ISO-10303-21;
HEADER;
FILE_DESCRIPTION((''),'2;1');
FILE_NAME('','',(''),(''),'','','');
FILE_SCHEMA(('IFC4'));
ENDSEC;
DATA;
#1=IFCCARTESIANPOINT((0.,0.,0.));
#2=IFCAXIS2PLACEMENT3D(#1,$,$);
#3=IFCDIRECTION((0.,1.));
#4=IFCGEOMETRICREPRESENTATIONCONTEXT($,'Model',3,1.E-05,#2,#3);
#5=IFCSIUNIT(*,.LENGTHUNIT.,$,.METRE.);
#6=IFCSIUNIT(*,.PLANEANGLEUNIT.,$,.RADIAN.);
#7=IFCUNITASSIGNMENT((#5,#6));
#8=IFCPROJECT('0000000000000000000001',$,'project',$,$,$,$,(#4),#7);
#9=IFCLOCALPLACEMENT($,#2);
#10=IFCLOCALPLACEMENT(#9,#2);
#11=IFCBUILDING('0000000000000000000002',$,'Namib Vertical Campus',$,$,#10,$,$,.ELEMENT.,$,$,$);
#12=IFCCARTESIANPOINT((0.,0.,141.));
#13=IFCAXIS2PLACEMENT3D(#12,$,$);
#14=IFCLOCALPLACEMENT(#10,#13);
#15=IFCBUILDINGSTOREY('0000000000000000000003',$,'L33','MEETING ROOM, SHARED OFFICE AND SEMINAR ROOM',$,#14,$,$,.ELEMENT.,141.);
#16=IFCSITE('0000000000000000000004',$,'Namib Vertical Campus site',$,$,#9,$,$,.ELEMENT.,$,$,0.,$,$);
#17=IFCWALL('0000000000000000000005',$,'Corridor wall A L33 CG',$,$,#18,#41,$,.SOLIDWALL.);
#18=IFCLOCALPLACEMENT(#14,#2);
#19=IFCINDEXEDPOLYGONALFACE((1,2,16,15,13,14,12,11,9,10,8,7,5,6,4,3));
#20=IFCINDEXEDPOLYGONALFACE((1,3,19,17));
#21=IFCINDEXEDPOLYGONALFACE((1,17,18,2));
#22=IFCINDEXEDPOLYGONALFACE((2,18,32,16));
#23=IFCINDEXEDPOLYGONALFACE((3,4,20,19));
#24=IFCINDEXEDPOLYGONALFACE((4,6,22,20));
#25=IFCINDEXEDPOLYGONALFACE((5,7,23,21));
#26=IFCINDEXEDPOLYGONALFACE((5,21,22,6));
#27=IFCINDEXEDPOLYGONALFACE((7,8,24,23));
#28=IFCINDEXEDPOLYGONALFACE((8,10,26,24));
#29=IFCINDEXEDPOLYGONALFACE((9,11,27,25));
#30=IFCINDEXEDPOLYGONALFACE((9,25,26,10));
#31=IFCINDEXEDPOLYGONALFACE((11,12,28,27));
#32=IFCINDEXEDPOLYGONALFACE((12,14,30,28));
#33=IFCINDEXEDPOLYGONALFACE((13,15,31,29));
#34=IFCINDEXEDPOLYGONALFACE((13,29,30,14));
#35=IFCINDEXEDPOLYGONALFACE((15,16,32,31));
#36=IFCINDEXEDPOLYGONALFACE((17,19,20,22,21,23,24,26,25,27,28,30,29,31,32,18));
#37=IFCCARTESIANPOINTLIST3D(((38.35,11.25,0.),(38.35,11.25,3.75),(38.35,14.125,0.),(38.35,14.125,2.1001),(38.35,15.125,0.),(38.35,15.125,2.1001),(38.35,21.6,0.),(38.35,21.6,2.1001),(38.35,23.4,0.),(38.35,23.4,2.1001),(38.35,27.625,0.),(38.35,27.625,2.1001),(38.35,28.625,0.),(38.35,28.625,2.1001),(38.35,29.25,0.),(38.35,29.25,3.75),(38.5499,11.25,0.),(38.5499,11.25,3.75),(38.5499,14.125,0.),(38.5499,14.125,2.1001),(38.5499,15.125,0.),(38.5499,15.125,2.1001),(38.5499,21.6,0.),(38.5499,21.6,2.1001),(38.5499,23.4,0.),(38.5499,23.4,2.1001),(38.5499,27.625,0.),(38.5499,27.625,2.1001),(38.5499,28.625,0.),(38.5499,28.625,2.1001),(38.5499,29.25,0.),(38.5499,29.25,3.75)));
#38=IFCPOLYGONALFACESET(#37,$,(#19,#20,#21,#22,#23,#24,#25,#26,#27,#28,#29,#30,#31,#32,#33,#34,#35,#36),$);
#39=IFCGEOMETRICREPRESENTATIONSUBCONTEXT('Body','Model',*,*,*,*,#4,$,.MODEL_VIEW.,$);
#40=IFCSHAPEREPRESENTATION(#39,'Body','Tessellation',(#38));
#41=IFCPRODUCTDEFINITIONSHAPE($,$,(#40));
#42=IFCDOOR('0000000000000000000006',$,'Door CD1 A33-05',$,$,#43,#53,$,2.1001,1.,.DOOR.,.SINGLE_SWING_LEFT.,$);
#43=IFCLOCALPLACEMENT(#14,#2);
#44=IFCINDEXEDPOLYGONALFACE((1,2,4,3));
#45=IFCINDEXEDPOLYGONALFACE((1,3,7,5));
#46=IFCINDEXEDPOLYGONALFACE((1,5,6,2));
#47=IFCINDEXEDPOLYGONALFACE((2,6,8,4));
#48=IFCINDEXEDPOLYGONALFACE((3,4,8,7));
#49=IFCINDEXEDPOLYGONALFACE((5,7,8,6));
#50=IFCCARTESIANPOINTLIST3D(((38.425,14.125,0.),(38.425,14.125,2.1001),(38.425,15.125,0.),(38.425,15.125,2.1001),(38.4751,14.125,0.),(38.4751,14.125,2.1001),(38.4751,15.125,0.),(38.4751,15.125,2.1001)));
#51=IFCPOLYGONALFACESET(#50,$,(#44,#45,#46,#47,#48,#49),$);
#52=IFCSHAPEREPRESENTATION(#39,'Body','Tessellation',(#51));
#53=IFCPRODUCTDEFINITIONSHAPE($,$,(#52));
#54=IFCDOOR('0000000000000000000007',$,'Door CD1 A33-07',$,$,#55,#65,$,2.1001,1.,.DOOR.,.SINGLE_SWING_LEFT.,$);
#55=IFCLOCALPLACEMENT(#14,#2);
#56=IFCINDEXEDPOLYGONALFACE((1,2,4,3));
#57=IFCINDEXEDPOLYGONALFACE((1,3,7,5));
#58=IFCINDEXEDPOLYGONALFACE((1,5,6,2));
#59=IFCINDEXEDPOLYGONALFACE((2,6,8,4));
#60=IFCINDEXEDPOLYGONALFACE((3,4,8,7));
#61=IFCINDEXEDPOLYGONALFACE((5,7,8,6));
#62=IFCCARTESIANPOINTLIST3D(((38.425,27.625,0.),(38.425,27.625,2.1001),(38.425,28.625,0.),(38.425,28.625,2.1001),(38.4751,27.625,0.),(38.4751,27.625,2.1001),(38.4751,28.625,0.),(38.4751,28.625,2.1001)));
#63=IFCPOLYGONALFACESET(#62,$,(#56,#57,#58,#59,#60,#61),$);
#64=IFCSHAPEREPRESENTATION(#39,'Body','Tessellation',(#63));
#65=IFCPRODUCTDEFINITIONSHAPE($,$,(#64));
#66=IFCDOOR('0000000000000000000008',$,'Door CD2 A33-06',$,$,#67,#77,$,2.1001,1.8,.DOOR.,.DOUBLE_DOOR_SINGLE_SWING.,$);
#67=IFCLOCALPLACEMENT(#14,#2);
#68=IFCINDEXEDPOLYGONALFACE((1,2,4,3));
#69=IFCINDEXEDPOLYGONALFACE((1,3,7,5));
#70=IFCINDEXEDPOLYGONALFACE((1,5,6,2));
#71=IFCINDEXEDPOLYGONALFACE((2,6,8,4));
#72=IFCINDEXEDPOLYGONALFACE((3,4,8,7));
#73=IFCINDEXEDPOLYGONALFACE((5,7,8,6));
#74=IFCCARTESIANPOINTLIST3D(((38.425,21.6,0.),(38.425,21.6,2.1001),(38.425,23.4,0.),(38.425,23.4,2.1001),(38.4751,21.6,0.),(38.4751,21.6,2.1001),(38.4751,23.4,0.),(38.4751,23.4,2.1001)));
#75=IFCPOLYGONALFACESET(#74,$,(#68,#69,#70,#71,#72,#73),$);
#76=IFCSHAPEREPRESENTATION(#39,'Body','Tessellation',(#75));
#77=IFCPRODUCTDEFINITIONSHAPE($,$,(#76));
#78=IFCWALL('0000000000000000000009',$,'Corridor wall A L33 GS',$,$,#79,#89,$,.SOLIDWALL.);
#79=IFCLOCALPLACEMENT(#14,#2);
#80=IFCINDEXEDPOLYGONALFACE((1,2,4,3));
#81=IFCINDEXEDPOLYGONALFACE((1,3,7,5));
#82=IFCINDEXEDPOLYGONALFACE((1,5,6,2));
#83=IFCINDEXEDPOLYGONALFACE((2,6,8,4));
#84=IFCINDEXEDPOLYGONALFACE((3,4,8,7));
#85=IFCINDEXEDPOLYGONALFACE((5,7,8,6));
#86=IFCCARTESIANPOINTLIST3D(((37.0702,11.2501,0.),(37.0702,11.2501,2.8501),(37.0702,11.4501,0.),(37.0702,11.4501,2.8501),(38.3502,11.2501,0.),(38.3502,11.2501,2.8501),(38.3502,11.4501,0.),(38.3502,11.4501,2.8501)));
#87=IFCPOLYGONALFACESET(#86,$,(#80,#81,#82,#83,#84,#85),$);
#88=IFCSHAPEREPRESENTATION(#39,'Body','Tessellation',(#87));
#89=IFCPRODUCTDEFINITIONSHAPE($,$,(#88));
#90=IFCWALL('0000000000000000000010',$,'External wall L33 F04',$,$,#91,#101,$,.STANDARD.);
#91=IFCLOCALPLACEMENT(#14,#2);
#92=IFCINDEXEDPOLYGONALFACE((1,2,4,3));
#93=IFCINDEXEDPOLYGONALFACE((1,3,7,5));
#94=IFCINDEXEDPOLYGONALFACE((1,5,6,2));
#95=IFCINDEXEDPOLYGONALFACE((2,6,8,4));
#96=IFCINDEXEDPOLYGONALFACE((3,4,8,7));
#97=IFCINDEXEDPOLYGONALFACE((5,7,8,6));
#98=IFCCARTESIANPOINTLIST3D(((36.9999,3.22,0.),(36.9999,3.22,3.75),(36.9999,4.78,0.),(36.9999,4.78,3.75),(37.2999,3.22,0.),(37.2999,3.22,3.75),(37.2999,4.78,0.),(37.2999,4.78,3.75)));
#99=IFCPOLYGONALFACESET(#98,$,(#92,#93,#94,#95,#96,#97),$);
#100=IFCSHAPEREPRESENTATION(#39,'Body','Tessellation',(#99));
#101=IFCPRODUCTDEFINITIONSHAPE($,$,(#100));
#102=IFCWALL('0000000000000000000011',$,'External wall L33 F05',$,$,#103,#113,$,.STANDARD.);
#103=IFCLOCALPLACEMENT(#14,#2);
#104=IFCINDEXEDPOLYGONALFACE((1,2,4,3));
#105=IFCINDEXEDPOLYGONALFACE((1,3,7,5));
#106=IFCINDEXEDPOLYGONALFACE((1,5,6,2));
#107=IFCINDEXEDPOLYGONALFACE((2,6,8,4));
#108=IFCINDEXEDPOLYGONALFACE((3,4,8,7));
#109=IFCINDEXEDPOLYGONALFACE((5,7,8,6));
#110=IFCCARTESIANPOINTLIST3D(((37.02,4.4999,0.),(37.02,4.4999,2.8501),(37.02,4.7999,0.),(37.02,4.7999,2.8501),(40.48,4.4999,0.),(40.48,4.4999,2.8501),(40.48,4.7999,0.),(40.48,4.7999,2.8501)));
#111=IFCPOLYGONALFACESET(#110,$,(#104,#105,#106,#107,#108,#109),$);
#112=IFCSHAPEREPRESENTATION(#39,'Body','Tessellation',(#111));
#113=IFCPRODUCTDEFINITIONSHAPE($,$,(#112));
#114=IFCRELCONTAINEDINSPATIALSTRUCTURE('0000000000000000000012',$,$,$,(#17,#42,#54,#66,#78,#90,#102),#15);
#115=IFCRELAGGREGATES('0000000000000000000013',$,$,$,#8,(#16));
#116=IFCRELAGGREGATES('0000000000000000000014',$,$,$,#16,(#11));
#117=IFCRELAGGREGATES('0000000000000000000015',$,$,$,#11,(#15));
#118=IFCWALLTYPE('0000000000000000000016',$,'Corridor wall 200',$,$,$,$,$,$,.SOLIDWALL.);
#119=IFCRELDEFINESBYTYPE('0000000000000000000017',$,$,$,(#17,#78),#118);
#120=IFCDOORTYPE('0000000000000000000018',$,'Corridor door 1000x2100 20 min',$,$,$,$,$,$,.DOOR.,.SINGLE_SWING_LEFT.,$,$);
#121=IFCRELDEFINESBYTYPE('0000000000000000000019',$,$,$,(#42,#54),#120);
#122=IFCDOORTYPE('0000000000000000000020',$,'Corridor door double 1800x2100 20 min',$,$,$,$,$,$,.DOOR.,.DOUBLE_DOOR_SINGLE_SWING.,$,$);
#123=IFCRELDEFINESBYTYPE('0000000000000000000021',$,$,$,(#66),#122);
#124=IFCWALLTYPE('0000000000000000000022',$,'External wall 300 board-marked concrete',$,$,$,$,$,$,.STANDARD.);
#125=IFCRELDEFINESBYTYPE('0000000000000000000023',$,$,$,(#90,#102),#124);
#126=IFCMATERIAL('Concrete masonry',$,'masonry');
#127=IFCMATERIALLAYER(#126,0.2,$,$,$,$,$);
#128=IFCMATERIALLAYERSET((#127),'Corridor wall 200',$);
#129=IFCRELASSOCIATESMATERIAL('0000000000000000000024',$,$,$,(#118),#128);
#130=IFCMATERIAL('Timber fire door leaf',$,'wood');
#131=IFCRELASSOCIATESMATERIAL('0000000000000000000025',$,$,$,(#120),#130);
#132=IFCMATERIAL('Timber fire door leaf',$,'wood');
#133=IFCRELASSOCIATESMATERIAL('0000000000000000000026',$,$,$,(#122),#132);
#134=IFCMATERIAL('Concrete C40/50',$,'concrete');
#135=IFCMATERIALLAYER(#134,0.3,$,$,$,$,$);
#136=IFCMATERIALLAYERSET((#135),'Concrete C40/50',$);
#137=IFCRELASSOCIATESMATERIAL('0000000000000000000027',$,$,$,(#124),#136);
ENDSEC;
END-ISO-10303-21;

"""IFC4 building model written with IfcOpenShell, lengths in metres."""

from ifc_helpers import new_model, si_unit, direction, frame, frame_2d, origin, place, context, subcontext, project, spatial, rectangle, extrude, material, layer, layer_set, type_object, element, fill, save


model = new_model("IFC4")

# Units and contexts
model_context = context("Model", 3, precision=1e-05, world=origin(), true_north=direction((0.0, 1.0)))
body_context = subcontext(model_context, "Body", "Model", "MODEL_VIEW")
ifc_project = project(units=[si_unit("LENGTHUNIT", "METRE"), si_unit("PLANEANGLEUNIT", "RADIAN")], contexts=[model_context])

# Site, building, storey
site_placement = place(None, origin())
site = spatial("IfcSite", under=ifc_project, at=site_placement, Name="Namib Vertical Campus site", CompositionType="ELEMENT", RefElevation=0.0)
building_placement = place(site_placement, origin())
building = spatial("IfcBuilding", under=site, at=building_placement, Name="Namib Vertical Campus", CompositionType="ELEMENT")
storey_placement = place(building_placement, frame((0.0, 0.0, 141.0)))
storey = spatial("IfcBuildingStorey", under=building, at=storey_placement, Name="L33", Description="MEETING ROOM, SHARED OFFICE AND SEMINAR ROOM", CompositionType="ELEMENT", Elevation=141.0)

# Wall, openings, doors
ifc_material_1 = material(Name="Concrete masonry", Category="masonry")
ifc_layer_1 = layer(ifc_material_1, 0.2)
ifc_layer_set_1 = layer_set([ifc_layer_1], Name="Corridor wall 200")
wall_type_1 = type_object("IfcWallType", Name="Corridor wall 200", PredefinedType="SOLIDWALL", material=ifc_layer_set_1)
wall_1_placement = place(storey_placement, frame((38.45, 11.25, 0.0), z_axis=(0.0, 0.0, 1.0), x_axis=(0.0, 1.0, 0.0)))
wall_1 = element("IfcWall", 1, at=wall_1_placement, inside=storey, type_object=wall_type_1, Name="Corridor wall A L33 CG", PredefinedType="SOLIDWALL", context=body_context, shape_type="SweptSolid", body=[
    extrude(rectangle(XDim=18.0, YDim=0.2, at=frame_2d((9.0, 0.0))), origin(), (0.0, 0.0, 1.0), 3.75),
])
opening_1_placement = place(wall_1_placement, frame((2.875, 0.0, 0.0)))
opening_1 = element("IfcOpeningElement", 2, at=opening_1_placement, cuts=wall_1, PredefinedType="OPENING", context=body_context, shape_type="SweptSolid", body=[
    extrude(rectangle(XDim=1.0, YDim=2.1001, at=frame_2d((0.5, 1.05))), frame((0.0, 0.1099, 0.0), z_axis=(0.0, -1.0, 0.0), x_axis=(1.0, 0.0, 0.0)), (0.0, 0.0, 1.0), 0.22),
])
opening_2_placement = place(wall_1_placement, frame((10.3501, 0.0, 0.0)))
opening_2 = element("IfcOpeningElement", 3, at=opening_2_placement, cuts=wall_1, PredefinedType="OPENING", context=body_context, shape_type="SweptSolid", body=[
    extrude(rectangle(XDim=1.8, YDim=2.1001, at=frame_2d((0.8999, 1.05))), frame((0.0, 0.1099, 0.0), z_axis=(0.0, -1.0, 0.0), x_axis=(1.0, 0.0, 0.0)), (0.0, 0.0, 1.0), 0.22),
])
opening_3_placement = place(wall_1_placement, frame((16.375, 0.0, 0.0)))
opening_3 = element("IfcOpeningElement", 4, at=opening_3_placement, cuts=wall_1, PredefinedType="OPENING", context=body_context, shape_type="SweptSolid", body=[
    extrude(rectangle(XDim=1.0, YDim=2.1001, at=frame_2d((0.5, 1.05))), frame((0.0, 0.1099, 0.0), z_axis=(0.0, -1.0, 0.0), x_axis=(1.0, 0.0, 0.0)), (0.0, 0.0, 1.0), 0.22),
])
ifc_material_2 = material(Name="Timber fire door leaf", Category="wood")
door_type_1 = type_object("IfcDoorType", Name="Corridor door 1000x2100 20 min", OperationType="SINGLE_SWING_LEFT", PredefinedType="DOOR", material=ifc_material_2)
door_1_placement = place(opening_1_placement, origin())
door_1 = element("IfcDoor", 5, at=door_1_placement, inside=storey, type_object=door_type_1, Name="Door CD1 A33-05", OperationType="SINGLE_SWING_LEFT", OverallHeight=2.1001, OverallWidth=1.0, PredefinedType="DOOR", context=body_context, shape_type="SweptSolid", body=[
    extrude(rectangle(XDim=1.0, YDim=2.1001, at=frame_2d((0.5, 1.05))), frame((0.0, 0.0249, 0.0), z_axis=(0.0, -1.0, 0.0), x_axis=(1.0, 0.0, 0.0)), (0.0, 0.0, 1.0), 0.05),
])
fill(opening_1, door_1)
door_2_placement = place(opening_3_placement, origin())
door_2 = element("IfcDoor", 6, at=door_2_placement, inside=storey, type_object=door_type_1, Name="Door CD1 A33-07", OperationType="SINGLE_SWING_LEFT", OverallHeight=2.1001, OverallWidth=1.0, PredefinedType="DOOR", context=body_context, shape_type="SweptSolid", body=[
    extrude(rectangle(XDim=1.0, YDim=2.1001, at=frame_2d((0.5, 1.05))), frame((0.0, 0.0249, 0.0), z_axis=(0.0, -1.0, 0.0), x_axis=(1.0, 0.0, 0.0)), (0.0, 0.0, 1.0), 0.05),
])
fill(opening_3, door_2)
ifc_material_3 = material(Name="Timber fire door leaf", Category="wood")
door_type_2 = type_object("IfcDoorType", Name="Corridor door double 1800x2100 20 min", OperationType="DOUBLE_DOOR_SINGLE_SWING", PredefinedType="DOOR", material=ifc_material_3)
door_3_placement = place(opening_2_placement, origin())
door_3 = element("IfcDoor", 7, at=door_3_placement, inside=storey, type_object=door_type_2, Name="Door CD2 A33-06", OperationType="DOUBLE_DOOR_SINGLE_SWING", OverallHeight=2.1001, OverallWidth=1.8, PredefinedType="DOOR", context=body_context, shape_type="SweptSolid", body=[
    extrude(rectangle(XDim=1.8, YDim=2.1001, at=frame_2d((0.8999, 1.05))), frame((0.0, 0.0249, 0.0), z_axis=(0.0, -1.0, 0.0), x_axis=(1.0, 0.0, 0.0)), (0.0, 0.0, 1.0), 0.05),
])
fill(opening_2, door_3)

# Walls
wall_2_placement = place(storey_placement, frame((37.0701, 11.3501, 0.0), z_axis=(0.0, 0.0, 1.0), x_axis=(1.0, 0.0, 0.0)))
element("IfcWall", 8, at=wall_2_placement, inside=storey, type_object=wall_type_1, Name="Corridor wall A L33 GS", PredefinedType="SOLIDWALL", context=body_context, shape_type="SweptSolid", body=[
    extrude(rectangle(XDim=1.28, YDim=0.2, at=frame_2d((0.6401, 0.0))), origin(), (0.0, 0.0, 1.0), 2.8501),
])
ifc_material_4 = material(Name="Concrete C40/50", Category="concrete")
ifc_layer_2 = layer(ifc_material_4, 0.3)
ifc_layer_set_2 = layer_set([ifc_layer_2], Name="Concrete C40/50")
wall_type_2 = type_object("IfcWallType", Name="External wall 300 board-marked concrete", PredefinedType="STANDARD", material=ifc_layer_set_2)
wall_3_placement = place(storey_placement, frame((37.1499, 3.22, 0.0), z_axis=(0.0, 0.0, 1.0), x_axis=(0.0, 1.0, 0.0)))
element("IfcWall", 9, at=wall_3_placement, inside=storey, type_object=wall_type_2, Name="External wall L33 F04", PredefinedType="STANDARD", context=body_context, shape_type="SweptSolid", body=[
    extrude(rectangle(XDim=1.5601, YDim=0.3, at=frame_2d((0.78, 0.0))), origin(), (0.0, 0.0, 1.0), 3.75),
])
wall_4_placement = place(storey_placement, frame((37.02, 4.6499, 0.0), z_axis=(0.0, 0.0, 1.0), x_axis=(1.0, 0.0, 0.0)))
element("IfcWall", 10, at=wall_4_placement, inside=storey, type_object=wall_type_2, Name="External wall L33 F05", PredefinedType="STANDARD", context=body_context, shape_type="SweptSolid", body=[
    extrude(rectangle(XDim=3.46, YDim=0.3, at=frame_2d((1.73, 0.0))), origin(), (0.0, 0.0, 1.0), 2.8501),
])

save(model, "model.ifc")
